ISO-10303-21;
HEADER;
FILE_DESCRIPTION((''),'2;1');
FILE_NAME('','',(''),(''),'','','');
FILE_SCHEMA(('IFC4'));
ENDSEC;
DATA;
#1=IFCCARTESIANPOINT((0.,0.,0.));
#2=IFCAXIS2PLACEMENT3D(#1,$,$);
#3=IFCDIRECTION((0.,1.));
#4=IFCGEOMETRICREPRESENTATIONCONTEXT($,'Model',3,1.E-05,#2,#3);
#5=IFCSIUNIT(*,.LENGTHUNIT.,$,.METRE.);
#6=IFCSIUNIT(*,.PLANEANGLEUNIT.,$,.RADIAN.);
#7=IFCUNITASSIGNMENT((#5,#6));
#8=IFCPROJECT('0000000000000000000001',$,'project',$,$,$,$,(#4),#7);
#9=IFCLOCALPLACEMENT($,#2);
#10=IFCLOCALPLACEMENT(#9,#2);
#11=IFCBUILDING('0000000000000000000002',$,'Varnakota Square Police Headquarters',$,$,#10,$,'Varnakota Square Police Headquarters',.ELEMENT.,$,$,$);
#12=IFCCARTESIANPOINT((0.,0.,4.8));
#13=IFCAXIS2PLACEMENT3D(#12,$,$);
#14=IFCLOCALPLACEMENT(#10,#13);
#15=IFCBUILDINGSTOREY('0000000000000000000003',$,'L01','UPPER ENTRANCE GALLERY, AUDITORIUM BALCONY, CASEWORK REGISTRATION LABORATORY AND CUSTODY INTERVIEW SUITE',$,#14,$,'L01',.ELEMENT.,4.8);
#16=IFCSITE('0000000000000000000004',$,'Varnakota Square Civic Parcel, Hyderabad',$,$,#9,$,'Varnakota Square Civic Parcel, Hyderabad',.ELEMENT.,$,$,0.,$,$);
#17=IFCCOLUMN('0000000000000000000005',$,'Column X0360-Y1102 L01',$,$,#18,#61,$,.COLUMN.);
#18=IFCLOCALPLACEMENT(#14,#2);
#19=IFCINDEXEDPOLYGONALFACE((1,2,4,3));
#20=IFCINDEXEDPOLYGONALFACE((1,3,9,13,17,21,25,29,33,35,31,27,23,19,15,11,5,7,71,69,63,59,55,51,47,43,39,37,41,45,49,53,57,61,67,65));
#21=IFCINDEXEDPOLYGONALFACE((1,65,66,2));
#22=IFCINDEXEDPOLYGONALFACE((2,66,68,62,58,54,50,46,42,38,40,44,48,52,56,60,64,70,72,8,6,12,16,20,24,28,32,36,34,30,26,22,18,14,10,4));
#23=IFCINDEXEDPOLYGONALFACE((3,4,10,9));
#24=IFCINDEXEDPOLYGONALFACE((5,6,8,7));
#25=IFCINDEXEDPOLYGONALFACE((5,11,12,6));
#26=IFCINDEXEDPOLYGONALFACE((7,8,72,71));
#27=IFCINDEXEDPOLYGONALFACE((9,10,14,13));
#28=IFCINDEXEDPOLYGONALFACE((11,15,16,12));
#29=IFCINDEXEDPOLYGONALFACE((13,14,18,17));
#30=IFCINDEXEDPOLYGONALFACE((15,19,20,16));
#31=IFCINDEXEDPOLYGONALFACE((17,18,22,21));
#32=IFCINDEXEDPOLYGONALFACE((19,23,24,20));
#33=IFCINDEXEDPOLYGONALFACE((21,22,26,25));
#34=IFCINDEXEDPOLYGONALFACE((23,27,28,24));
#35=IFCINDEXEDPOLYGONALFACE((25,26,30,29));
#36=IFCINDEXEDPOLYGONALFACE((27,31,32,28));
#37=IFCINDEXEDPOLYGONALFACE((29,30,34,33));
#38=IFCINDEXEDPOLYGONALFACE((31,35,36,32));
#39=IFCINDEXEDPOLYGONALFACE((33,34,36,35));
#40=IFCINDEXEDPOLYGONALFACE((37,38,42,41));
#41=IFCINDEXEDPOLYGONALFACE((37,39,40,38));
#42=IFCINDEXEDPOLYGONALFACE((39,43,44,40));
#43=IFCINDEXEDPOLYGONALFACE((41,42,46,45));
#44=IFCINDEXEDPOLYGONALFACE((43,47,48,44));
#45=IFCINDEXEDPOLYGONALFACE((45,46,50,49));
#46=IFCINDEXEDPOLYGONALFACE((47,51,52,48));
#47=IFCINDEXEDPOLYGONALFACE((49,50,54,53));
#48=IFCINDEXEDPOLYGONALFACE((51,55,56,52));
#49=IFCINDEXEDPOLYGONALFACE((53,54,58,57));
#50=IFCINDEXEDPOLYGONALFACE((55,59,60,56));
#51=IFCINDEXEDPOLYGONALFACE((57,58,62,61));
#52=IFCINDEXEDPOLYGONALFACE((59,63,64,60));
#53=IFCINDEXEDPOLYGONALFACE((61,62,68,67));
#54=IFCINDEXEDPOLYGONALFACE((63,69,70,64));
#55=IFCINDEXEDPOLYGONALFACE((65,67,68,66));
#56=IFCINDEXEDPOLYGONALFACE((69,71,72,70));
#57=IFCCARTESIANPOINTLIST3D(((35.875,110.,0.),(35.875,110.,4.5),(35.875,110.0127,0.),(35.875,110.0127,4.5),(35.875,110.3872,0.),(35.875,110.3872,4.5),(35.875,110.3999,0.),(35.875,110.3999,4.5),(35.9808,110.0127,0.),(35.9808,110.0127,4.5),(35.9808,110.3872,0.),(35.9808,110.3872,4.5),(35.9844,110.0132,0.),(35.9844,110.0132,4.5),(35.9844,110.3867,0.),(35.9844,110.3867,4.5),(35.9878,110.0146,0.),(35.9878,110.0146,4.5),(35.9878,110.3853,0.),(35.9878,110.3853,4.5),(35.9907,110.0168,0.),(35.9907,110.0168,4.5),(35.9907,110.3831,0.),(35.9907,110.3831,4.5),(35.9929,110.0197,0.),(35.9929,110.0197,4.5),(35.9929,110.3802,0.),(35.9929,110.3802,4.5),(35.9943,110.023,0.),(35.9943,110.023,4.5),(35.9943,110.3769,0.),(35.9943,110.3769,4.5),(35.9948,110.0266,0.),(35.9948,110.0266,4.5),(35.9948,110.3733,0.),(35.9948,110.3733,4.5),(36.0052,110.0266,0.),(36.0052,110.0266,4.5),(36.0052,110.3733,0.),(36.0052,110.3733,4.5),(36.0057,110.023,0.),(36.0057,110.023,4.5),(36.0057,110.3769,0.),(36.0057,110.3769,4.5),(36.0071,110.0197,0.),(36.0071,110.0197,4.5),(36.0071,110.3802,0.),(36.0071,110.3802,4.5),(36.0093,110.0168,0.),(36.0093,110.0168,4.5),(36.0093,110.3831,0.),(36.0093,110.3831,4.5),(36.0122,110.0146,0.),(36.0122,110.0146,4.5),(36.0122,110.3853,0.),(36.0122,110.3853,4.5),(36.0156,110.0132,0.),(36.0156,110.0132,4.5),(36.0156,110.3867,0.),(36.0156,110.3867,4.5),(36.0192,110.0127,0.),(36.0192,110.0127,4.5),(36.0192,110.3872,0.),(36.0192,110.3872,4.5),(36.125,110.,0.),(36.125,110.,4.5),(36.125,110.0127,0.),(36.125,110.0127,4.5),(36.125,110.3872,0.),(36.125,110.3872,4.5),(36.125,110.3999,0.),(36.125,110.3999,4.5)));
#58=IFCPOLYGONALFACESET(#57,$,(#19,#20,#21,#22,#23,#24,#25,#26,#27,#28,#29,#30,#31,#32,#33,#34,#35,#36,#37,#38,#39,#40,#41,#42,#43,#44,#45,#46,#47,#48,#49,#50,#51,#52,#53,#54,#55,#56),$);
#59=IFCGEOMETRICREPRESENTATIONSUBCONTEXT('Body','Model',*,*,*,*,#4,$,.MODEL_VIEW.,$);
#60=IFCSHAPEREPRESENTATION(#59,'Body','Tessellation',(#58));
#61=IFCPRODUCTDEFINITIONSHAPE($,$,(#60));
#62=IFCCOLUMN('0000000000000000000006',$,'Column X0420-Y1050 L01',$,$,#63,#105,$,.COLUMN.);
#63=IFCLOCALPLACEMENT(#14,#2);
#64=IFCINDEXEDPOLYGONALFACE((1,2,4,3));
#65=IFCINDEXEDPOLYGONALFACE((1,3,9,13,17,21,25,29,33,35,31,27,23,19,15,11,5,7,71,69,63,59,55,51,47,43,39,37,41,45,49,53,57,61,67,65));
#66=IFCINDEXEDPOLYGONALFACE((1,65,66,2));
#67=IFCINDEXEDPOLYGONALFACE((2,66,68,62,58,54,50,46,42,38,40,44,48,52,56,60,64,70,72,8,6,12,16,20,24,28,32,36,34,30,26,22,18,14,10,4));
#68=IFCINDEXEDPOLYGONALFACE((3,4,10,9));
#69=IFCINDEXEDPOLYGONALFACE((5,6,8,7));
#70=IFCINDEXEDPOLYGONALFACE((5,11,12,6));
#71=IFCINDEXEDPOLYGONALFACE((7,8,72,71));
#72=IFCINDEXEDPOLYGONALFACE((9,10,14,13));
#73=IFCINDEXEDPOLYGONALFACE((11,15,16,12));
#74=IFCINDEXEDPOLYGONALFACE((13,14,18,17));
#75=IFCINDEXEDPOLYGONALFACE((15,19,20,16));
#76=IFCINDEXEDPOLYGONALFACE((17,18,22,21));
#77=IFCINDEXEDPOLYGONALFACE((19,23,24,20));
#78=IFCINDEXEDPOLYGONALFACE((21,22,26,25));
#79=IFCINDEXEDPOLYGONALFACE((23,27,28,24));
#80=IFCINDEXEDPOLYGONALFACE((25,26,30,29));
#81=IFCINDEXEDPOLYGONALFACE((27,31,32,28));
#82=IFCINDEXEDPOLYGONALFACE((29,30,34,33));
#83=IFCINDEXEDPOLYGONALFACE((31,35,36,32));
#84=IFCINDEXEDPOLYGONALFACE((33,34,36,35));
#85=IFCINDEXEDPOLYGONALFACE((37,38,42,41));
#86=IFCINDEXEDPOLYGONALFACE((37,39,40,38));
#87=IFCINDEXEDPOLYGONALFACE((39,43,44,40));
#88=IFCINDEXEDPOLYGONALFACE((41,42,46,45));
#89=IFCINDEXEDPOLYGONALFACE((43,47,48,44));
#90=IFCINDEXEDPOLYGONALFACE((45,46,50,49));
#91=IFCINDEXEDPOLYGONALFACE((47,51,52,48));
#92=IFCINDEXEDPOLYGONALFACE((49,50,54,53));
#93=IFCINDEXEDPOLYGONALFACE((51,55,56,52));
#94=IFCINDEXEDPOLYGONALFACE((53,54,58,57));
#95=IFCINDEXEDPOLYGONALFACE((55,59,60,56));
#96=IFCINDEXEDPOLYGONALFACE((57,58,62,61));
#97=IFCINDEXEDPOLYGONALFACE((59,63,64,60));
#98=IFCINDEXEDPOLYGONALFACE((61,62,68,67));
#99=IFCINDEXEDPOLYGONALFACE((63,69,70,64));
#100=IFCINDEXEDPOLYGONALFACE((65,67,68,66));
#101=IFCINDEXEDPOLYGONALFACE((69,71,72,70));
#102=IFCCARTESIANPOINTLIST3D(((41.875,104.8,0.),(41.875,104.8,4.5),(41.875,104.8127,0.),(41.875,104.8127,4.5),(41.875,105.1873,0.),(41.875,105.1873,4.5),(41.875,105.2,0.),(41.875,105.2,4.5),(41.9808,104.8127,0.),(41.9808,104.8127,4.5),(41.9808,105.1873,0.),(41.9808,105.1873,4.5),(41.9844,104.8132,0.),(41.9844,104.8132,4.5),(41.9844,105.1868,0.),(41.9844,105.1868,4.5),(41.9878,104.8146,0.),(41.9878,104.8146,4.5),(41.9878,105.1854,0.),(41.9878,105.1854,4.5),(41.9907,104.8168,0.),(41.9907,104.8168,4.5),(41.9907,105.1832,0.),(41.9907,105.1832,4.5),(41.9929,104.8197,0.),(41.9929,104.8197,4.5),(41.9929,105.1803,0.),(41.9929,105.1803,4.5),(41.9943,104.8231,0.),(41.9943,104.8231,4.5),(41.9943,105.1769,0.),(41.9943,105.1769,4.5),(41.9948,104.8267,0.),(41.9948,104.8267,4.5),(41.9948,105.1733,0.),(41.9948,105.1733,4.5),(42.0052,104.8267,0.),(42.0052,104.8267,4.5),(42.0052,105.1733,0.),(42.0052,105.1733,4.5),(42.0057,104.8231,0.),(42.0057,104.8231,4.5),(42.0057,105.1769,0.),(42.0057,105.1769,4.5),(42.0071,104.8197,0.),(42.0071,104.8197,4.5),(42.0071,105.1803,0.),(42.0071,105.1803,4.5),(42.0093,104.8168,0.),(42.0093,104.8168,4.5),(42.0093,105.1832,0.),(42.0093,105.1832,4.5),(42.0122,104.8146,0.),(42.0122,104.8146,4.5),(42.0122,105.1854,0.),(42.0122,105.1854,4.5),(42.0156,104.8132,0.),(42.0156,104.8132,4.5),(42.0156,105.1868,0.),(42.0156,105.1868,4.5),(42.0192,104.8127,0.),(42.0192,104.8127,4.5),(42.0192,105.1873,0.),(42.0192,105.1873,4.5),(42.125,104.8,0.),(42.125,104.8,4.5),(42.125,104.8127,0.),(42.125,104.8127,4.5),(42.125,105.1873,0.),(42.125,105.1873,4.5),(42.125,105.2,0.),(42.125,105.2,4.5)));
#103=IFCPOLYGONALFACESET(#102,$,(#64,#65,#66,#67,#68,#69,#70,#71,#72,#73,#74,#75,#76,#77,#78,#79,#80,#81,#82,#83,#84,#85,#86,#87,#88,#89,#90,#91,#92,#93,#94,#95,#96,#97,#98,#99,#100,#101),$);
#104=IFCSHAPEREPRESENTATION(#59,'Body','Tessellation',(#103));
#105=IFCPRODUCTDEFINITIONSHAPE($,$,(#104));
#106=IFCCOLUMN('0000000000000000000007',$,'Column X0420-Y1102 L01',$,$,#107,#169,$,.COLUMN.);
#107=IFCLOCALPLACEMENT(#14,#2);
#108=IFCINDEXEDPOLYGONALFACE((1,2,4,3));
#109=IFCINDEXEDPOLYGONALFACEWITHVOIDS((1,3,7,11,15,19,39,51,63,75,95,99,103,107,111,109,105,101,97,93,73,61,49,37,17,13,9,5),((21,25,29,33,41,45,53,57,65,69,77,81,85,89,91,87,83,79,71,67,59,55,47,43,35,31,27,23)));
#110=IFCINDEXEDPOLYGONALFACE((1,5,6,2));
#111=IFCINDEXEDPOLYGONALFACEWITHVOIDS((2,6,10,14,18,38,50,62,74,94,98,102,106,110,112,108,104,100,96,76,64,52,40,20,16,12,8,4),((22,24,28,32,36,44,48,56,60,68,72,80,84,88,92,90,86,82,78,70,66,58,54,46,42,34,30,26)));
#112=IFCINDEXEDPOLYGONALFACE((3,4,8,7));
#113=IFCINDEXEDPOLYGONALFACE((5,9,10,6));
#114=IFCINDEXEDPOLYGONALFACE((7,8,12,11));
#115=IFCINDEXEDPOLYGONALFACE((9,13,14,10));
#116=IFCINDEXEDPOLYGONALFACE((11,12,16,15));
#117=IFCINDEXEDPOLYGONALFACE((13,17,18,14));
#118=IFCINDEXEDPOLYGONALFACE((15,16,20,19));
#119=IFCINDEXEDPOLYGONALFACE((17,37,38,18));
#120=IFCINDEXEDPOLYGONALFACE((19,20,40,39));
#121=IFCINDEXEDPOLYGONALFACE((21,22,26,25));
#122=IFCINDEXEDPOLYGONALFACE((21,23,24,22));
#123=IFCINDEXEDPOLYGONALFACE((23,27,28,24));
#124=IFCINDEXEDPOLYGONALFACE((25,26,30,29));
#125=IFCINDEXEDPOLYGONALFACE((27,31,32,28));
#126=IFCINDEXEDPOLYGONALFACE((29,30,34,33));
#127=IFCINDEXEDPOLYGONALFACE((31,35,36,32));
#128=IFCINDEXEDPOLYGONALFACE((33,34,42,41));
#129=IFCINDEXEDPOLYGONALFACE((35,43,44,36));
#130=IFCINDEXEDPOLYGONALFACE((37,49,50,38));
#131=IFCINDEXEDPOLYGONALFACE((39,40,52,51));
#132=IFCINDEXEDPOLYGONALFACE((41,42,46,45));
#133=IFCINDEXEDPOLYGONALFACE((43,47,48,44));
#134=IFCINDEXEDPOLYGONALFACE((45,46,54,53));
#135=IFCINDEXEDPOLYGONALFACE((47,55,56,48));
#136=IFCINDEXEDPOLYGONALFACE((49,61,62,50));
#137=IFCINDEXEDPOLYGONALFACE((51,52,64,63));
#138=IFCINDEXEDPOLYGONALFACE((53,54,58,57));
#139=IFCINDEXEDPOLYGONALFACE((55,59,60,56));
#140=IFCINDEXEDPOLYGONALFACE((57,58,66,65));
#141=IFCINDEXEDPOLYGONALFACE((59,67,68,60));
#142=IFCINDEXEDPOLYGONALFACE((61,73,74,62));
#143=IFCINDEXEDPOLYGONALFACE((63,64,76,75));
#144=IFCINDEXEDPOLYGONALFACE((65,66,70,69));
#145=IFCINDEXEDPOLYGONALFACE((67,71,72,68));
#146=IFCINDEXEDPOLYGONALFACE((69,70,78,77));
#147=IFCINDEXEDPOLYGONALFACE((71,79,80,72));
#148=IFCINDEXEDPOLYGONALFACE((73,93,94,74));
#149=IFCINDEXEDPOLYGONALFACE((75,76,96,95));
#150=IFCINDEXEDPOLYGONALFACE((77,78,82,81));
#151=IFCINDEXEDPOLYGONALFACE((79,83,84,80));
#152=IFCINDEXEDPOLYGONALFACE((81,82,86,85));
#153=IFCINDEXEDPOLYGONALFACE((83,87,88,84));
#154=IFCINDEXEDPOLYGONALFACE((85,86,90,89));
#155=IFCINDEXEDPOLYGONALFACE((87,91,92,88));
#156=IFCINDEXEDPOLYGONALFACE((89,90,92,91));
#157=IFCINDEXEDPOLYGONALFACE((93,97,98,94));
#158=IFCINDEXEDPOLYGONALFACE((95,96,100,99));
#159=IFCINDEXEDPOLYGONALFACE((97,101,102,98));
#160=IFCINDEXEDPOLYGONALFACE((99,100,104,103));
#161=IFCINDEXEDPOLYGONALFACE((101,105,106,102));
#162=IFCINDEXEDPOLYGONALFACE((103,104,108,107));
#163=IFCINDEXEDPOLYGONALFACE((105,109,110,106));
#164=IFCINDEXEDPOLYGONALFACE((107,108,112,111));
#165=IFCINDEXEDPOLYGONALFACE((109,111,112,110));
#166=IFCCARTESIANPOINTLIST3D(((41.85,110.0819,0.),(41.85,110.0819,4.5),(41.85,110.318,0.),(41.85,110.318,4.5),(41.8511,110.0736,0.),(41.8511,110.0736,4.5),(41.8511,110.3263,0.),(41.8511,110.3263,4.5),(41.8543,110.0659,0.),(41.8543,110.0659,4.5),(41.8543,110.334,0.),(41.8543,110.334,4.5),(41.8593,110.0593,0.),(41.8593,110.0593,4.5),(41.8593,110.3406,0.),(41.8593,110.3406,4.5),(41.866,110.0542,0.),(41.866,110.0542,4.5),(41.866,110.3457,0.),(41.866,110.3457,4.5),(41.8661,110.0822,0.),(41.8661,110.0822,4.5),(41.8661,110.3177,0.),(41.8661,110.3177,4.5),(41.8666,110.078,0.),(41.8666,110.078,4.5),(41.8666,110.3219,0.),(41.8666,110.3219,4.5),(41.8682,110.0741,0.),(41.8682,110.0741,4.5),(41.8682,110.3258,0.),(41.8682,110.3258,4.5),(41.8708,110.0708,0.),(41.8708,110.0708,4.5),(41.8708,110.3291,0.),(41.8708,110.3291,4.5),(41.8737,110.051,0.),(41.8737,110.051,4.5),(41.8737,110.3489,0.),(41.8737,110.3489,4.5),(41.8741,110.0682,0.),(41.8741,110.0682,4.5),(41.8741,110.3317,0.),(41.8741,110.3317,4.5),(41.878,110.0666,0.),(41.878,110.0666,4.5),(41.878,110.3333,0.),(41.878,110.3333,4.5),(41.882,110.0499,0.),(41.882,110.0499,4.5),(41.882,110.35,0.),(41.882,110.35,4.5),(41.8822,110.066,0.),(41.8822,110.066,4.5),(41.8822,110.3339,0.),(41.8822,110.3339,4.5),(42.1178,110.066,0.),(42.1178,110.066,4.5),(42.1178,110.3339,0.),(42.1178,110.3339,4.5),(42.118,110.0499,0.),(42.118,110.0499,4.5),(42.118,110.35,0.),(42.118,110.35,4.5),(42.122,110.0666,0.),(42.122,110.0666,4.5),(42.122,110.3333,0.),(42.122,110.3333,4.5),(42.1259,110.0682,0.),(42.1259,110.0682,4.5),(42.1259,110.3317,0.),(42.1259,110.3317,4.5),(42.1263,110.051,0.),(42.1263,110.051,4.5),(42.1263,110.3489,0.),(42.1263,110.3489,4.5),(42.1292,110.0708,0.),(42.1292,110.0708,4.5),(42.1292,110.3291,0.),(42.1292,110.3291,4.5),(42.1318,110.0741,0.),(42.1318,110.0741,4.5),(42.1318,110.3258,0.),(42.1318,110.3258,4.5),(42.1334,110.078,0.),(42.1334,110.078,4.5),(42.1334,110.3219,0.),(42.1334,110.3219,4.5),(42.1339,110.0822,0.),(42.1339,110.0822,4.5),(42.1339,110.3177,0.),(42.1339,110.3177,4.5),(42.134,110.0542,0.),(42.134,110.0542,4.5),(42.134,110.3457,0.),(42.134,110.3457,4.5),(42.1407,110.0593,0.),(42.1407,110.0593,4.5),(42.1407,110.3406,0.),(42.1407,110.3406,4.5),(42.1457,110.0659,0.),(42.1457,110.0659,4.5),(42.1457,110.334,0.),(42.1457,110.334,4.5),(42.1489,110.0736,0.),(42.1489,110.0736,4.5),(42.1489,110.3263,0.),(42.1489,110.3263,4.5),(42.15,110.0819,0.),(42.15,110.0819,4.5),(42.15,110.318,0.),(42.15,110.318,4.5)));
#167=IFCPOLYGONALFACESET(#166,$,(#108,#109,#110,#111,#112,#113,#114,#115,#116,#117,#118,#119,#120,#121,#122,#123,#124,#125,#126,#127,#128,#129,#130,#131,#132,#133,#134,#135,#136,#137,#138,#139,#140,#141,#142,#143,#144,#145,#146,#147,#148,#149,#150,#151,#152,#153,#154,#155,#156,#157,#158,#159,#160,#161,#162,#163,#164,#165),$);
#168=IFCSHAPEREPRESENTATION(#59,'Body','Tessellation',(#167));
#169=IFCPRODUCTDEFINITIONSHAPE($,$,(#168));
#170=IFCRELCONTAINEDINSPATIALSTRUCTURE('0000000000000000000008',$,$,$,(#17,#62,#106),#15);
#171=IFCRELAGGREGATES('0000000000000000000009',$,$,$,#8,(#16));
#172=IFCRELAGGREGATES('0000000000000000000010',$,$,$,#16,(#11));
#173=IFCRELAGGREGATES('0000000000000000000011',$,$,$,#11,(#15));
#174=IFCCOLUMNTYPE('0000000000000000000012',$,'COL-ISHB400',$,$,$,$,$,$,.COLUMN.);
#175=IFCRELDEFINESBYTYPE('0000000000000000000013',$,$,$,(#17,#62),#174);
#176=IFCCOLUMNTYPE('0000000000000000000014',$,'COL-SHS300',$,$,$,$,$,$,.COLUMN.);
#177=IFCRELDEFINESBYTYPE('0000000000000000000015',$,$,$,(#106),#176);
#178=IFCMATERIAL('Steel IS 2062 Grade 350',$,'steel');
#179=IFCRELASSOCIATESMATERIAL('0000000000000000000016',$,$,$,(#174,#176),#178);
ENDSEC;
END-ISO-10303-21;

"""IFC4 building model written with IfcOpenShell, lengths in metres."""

from ifc_helpers import new_model, si_unit, direction, frame, origin, origin_2d, place, context, subcontext, project, spatial, hollow_rectangle, i_section, extrude, material, material_profile, profile_set, type_object, element, save


model = new_model("IFC4")

# Units and contexts
model_context = context("Model", 3, precision=1e-05, world=origin(), true_north=direction((0.0, 1.0)))
body_context = subcontext(model_context, "Body", "Model", "MODEL_VIEW")
ifc_project = project(units=[si_unit("LENGTHUNIT", "METRE"), si_unit("PLANEANGLEUNIT", "RADIAN")], contexts=[model_context])

# Site, building, storey
site_placement = place(None, origin())
site = spatial("IfcSite", under=ifc_project, at=site_placement, Name="Varnakota Square Civic Parcel, Hyderabad", LongName="Varnakota Square Civic Parcel, Hyderabad", CompositionType="ELEMENT", RefElevation=0.0)
building_placement = place(site_placement, origin())
building = spatial("IfcBuilding", under=site, at=building_placement, Name="Varnakota Square Police Headquarters", LongName="Varnakota Square Police Headquarters", CompositionType="ELEMENT")
storey_placement = place(building_placement, frame((0.0, 0.0, 4.8)))
storey = spatial("IfcBuildingStorey", under=building, at=storey_placement, Name="L01", Description="UPPER ENTRANCE GALLERY, AUDITORIUM BALCONY, CASEWORK REGISTRATION LABORATORY AND CUSTODY INTERVIEW SUITE", LongName="L01", CompositionType="ELEMENT", Elevation=4.8)

# Columns
ifc_material_1 = material(Name="Steel IS 2062 Grade 350", Category="steel")
ifc_material_profile_1 = material_profile(ifc_material_1, i_section(OverallWidth=0.25, OverallDepth=0.3999, WebThickness=0.0105, FlangeThickness=0.0127, FilletRadius=0.0139, at=origin_2d()), Name="ISHB 400")
ifc_profile_set_1 = profile_set([ifc_material_profile_1], Name="Steel IS 2062 Grade 350")
column_type_1 = type_object("IfcColumnType", Name="COL-ISHB400", PredefinedType="COLUMN", material=ifc_profile_set_1)
for number, where, z_axis, x_axis, name in (
    (1, (36.0, 110.2, 0.0), (0.0, 0.0, 1.0), (1.0, 0.0, 0.0), "Column X0360-Y1102 L01"),
    (2, (42.0, 105.0, 0.0), (0.0, 0.0, 1.0), (1.0, 0.0, 0.0), "Column X0420-Y1050 L01"),
):
    element("IfcColumn", number, at=place(storey_placement, frame(where, z_axis=z_axis, x_axis=x_axis)), inside=storey, type_object=column_type_1, Name=name, PredefinedType="COLUMN", context=body_context, shape_type="SweptSolid", body=[
        extrude(i_section(OverallWidth=0.25, OverallDepth=0.3999, WebThickness=0.0105, FlangeThickness=0.0127, FilletRadius=0.0139, at=origin_2d()), origin(), (0.0, 0.0, 1.0), 4.5),
    ])
ifc_material_profile_2 = material_profile(ifc_material_1, hollow_rectangle(XDim=0.3, YDim=0.3, WallThickness=0.0161, InnerFilletRadius=0.0161, OuterFilletRadius=0.032, at=origin_2d()), Name="SHS 300x300x16")
ifc_profile_set_2 = profile_set([ifc_material_profile_2], Name="Steel IS 2062 Grade 350")
column_type_2 = type_object("IfcColumnType", Name="COL-SHS300", PredefinedType="COLUMN", material=ifc_profile_set_2)
for number, where, z_axis, x_axis, name in (
    (3, (42.0, 110.2, 0.0), (0.0, 0.0, 1.0), (1.0, 0.0, 0.0), "Column X0420-Y1102 L01"),
):
    element("IfcColumn", number, at=place(storey_placement, frame(where, z_axis=z_axis, x_axis=x_axis)), inside=storey, type_object=column_type_2, Name=name, PredefinedType="COLUMN", context=body_context, shape_type="SweptSolid", body=[
        extrude(hollow_rectangle(XDim=0.3, YDim=0.3, WallThickness=0.0161, InnerFilletRadius=0.0161, OuterFilletRadius=0.032, at=origin_2d()), origin(), (0.0, 0.0, 1.0), 4.5),
    ])

save(model, "model.ifc")
